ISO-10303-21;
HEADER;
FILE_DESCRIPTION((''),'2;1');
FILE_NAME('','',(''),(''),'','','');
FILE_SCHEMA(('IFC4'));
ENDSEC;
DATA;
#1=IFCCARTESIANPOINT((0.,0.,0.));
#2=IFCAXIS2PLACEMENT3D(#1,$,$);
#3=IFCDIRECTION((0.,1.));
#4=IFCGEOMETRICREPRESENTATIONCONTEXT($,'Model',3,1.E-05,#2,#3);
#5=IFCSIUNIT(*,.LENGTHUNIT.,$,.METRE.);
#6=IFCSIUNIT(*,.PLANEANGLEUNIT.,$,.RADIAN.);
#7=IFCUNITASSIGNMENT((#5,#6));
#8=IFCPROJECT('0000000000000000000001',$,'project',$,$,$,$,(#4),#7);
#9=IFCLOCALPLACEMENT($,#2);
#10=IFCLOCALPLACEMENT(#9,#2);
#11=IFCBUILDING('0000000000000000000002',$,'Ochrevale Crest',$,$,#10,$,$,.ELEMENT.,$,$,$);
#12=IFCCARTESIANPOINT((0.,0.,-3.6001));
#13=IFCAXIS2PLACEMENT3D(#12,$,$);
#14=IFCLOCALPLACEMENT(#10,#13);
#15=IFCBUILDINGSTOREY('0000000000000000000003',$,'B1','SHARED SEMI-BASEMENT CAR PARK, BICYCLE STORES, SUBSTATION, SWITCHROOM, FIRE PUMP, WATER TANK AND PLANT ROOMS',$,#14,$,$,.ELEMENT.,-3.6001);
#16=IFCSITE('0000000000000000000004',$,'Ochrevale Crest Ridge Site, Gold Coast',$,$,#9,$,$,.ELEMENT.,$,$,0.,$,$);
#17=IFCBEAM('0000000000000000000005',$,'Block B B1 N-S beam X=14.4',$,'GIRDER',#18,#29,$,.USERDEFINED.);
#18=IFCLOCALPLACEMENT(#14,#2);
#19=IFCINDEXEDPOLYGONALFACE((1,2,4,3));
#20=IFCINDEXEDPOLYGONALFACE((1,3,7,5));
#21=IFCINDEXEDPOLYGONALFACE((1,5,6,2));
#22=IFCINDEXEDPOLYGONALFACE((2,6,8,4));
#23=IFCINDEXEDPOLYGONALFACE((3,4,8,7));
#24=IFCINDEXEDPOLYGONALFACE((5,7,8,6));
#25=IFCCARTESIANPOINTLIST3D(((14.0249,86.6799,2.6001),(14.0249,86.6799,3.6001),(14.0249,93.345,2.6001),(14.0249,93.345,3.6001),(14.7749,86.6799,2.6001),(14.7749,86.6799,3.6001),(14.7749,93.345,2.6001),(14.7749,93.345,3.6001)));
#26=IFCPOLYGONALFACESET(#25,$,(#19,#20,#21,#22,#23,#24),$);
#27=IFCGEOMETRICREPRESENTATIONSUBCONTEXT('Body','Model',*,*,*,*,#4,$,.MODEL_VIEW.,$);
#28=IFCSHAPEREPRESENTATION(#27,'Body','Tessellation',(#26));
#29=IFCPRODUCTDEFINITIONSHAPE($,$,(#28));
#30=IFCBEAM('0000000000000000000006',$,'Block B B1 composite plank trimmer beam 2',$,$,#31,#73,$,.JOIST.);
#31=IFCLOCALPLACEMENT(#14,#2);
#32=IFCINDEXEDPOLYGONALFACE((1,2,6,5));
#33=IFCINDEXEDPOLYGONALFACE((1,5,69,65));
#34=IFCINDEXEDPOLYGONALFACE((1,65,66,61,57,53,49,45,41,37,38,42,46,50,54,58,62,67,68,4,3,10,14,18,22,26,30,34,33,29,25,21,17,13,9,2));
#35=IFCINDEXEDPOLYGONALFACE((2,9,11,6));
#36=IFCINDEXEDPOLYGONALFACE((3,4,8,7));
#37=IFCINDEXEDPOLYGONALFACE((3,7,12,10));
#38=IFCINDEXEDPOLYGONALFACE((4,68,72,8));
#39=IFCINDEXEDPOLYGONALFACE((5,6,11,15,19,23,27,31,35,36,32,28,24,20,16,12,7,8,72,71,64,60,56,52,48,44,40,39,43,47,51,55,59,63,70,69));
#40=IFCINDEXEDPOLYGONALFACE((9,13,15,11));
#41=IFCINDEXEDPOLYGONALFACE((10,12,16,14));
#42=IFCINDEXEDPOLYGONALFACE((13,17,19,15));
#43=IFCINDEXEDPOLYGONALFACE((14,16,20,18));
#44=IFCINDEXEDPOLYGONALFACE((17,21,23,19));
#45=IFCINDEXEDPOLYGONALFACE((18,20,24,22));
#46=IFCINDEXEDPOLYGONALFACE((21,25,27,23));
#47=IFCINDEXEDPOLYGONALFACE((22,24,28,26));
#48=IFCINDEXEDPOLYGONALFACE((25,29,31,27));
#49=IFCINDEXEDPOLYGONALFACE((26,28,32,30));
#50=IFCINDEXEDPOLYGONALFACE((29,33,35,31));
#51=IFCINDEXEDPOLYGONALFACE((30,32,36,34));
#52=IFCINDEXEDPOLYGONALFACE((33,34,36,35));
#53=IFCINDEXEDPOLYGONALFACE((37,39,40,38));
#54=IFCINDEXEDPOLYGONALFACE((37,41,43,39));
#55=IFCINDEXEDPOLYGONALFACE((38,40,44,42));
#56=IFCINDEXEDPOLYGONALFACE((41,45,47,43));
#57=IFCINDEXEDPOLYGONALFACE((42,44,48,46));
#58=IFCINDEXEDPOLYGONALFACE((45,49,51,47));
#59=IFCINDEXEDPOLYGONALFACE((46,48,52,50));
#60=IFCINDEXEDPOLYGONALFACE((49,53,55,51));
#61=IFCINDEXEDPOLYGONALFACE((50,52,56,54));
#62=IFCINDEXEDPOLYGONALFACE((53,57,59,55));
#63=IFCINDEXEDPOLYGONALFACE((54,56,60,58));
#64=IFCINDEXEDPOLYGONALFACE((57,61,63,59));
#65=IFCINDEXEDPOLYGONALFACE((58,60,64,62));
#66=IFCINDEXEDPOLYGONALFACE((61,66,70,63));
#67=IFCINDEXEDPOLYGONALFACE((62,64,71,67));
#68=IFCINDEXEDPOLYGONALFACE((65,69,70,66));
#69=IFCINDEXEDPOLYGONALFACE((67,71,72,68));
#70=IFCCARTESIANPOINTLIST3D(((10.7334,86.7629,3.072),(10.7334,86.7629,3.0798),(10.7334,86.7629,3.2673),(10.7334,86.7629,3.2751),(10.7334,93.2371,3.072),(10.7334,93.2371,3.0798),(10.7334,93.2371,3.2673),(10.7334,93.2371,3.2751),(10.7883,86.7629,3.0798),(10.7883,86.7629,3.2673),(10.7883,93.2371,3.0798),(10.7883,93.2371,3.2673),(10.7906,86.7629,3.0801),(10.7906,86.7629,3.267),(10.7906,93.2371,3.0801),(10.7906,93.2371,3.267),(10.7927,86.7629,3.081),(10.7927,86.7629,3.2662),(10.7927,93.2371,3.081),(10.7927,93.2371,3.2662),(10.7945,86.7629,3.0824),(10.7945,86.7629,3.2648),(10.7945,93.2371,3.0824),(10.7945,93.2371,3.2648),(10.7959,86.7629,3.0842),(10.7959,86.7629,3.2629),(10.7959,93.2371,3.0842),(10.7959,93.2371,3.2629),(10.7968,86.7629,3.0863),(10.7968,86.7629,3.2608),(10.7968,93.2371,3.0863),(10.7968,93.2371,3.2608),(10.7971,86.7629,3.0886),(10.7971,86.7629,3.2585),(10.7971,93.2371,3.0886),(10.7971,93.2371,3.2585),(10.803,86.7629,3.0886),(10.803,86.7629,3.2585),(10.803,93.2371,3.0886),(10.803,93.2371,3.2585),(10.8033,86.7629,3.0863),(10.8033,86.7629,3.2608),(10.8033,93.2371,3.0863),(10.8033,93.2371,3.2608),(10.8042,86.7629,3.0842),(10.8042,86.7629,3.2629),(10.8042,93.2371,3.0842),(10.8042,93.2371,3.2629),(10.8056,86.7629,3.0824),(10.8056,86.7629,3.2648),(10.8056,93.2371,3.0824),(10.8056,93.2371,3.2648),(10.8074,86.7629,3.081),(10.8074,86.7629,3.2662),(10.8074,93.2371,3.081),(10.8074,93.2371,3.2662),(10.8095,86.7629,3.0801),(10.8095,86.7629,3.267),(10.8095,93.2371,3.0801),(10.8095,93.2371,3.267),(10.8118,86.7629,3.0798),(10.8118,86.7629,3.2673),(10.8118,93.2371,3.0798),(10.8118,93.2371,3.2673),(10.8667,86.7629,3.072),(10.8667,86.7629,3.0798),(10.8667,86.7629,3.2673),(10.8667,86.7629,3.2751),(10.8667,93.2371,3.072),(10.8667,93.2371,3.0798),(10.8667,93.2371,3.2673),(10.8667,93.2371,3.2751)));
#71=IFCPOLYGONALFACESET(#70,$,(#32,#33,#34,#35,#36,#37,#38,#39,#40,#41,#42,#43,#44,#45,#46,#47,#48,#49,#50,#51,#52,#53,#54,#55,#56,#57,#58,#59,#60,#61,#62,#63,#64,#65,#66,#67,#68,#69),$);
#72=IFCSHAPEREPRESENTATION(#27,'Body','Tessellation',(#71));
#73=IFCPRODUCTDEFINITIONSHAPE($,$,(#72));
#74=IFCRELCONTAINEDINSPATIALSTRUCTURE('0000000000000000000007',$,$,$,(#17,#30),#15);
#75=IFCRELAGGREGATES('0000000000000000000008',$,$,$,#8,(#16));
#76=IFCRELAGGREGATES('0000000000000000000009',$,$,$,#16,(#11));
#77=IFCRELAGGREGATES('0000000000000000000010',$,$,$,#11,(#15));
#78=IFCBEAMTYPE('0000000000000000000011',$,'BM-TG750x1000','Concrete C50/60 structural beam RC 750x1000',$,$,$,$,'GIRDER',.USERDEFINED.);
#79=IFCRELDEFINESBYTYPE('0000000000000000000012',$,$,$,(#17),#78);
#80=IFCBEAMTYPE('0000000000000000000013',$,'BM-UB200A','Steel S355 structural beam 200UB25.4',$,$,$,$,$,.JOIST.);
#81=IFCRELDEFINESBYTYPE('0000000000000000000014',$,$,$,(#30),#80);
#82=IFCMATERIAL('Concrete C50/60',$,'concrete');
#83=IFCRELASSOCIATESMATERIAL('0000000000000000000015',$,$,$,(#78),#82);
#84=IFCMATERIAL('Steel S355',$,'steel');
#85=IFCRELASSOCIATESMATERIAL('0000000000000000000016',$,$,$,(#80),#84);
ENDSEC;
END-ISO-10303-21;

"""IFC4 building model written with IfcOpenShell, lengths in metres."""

from ifc_helpers import new_model, si_unit, direction, frame, origin, origin_2d, place, context, subcontext, project, spatial, rectangle, i_section, extrude, material, material_profile, profile_set, type_object, element, save


model = new_model("IFC4")

# Units and contexts
model_context = context("Model", 3, precision=1e-05, world=origin(), true_north=direction((0.0, 1.0)))
body_context = subcontext(model_context, "Body", "Model", "MODEL_VIEW")
ifc_project = project(units=[si_unit("LENGTHUNIT", "METRE"), si_unit("PLANEANGLEUNIT", "RADIAN")], contexts=[model_context])

# Site, building, storey
site_placement = place(None, origin())
site = spatial("IfcSite", under=ifc_project, at=site_placement, Name="Ochrevale Crest Ridge Site, Gold Coast", CompositionType="ELEMENT", RefElevation=0.0)
building_placement = place(site_placement, origin())
building = spatial("IfcBuilding", under=site, at=building_placement, Name="Ochrevale Crest", CompositionType="ELEMENT")
storey_placement = place(building_placement, frame((0.0, 0.0, -3.6001)))
storey = spatial("IfcBuildingStorey", under=building, at=storey_placement, Name="B1", Description="SHARED SEMI-BASEMENT CAR PARK, BICYCLE STORES, SUBSTATION, SWITCHROOM, FIRE PUMP, WATER TANK AND PLANT ROOMS", CompositionType="ELEMENT", Elevation=-3.6001)

# Shared definitions
ifc_material_1 = material(Name="Concrete C50/60", Category="concrete")

# Beams
ifc_material_profile_1 = material_profile(ifc_material_1, rectangle(XDim=0.75, YDim=1.0, at=origin_2d()), Name="RC 750x1000")
ifc_profile_set_1 = profile_set([ifc_material_profile_1], Name="Concrete C50/60")
beam_type_1 = type_object("IfcBeamType", Name="BM-TG750x1000", Description="Concrete C50/60 structural beam RC 750x1000", ElementType="GIRDER", PredefinedType="USERDEFINED", material=ifc_profile_set_1)
beam_1_placement = place(storey_placement, frame((14.3999, 86.6799, 3.1001), z_axis=(0.0, 1.0, 0.0), x_axis=(-1.0, 0.0, 0.0)))
element("IfcBeam", 1, at=beam_1_placement, inside=storey, type_object=beam_type_1, Name="Block B B1 N-S beam X=14.4", ObjectType="GIRDER", PredefinedType="USERDEFINED", context=body_context, shape_type="SweptSolid", body=[
    extrude(rectangle(XDim=0.75, YDim=1.0, at=origin_2d()), origin(), (0.0, 0.0, 1.0), 6.665),
])
ifc_material_2 = material(Name="Steel S355", Category="steel")
ifc_material_profile_2 = material_profile(ifc_material_2, i_section(OverallWidth=0.1333, OverallDepth=0.2031, WebThickness=0.0059, FlangeThickness=0.0078, FilletRadius=0.0088, at=origin_2d()), Name="200UB25.4")
ifc_profile_set_2 = profile_set([ifc_material_profile_2], Name="Steel S355")
beam_type_2 = type_object("IfcBeamType", Name="BM-UB200A", Description="Steel S355 structural beam 200UB25.4", PredefinedType="JOIST", material=ifc_profile_set_2)
beam_2_placement = place(storey_placement, frame((10.8, 86.7629, 3.1736), z_axis=(0.0, 1.0, 0.0), x_axis=(-1.0, 0.0, 0.0)))
element("IfcBeam", 2, at=beam_2_placement, inside=storey, type_object=beam_type_2, Name="Block B B1 composite plank trimmer beam 2", PredefinedType="JOIST", context=body_context, shape_type="SweptSolid", body=[
    extrude(i_section(OverallWidth=0.1333, OverallDepth=0.2031, WebThickness=0.0059, FlangeThickness=0.0078, FilletRadius=0.0088, at=origin_2d()), origin(), (0.0, 0.0, 1.0), 6.4741),
])

save(model, "model.ifc")
